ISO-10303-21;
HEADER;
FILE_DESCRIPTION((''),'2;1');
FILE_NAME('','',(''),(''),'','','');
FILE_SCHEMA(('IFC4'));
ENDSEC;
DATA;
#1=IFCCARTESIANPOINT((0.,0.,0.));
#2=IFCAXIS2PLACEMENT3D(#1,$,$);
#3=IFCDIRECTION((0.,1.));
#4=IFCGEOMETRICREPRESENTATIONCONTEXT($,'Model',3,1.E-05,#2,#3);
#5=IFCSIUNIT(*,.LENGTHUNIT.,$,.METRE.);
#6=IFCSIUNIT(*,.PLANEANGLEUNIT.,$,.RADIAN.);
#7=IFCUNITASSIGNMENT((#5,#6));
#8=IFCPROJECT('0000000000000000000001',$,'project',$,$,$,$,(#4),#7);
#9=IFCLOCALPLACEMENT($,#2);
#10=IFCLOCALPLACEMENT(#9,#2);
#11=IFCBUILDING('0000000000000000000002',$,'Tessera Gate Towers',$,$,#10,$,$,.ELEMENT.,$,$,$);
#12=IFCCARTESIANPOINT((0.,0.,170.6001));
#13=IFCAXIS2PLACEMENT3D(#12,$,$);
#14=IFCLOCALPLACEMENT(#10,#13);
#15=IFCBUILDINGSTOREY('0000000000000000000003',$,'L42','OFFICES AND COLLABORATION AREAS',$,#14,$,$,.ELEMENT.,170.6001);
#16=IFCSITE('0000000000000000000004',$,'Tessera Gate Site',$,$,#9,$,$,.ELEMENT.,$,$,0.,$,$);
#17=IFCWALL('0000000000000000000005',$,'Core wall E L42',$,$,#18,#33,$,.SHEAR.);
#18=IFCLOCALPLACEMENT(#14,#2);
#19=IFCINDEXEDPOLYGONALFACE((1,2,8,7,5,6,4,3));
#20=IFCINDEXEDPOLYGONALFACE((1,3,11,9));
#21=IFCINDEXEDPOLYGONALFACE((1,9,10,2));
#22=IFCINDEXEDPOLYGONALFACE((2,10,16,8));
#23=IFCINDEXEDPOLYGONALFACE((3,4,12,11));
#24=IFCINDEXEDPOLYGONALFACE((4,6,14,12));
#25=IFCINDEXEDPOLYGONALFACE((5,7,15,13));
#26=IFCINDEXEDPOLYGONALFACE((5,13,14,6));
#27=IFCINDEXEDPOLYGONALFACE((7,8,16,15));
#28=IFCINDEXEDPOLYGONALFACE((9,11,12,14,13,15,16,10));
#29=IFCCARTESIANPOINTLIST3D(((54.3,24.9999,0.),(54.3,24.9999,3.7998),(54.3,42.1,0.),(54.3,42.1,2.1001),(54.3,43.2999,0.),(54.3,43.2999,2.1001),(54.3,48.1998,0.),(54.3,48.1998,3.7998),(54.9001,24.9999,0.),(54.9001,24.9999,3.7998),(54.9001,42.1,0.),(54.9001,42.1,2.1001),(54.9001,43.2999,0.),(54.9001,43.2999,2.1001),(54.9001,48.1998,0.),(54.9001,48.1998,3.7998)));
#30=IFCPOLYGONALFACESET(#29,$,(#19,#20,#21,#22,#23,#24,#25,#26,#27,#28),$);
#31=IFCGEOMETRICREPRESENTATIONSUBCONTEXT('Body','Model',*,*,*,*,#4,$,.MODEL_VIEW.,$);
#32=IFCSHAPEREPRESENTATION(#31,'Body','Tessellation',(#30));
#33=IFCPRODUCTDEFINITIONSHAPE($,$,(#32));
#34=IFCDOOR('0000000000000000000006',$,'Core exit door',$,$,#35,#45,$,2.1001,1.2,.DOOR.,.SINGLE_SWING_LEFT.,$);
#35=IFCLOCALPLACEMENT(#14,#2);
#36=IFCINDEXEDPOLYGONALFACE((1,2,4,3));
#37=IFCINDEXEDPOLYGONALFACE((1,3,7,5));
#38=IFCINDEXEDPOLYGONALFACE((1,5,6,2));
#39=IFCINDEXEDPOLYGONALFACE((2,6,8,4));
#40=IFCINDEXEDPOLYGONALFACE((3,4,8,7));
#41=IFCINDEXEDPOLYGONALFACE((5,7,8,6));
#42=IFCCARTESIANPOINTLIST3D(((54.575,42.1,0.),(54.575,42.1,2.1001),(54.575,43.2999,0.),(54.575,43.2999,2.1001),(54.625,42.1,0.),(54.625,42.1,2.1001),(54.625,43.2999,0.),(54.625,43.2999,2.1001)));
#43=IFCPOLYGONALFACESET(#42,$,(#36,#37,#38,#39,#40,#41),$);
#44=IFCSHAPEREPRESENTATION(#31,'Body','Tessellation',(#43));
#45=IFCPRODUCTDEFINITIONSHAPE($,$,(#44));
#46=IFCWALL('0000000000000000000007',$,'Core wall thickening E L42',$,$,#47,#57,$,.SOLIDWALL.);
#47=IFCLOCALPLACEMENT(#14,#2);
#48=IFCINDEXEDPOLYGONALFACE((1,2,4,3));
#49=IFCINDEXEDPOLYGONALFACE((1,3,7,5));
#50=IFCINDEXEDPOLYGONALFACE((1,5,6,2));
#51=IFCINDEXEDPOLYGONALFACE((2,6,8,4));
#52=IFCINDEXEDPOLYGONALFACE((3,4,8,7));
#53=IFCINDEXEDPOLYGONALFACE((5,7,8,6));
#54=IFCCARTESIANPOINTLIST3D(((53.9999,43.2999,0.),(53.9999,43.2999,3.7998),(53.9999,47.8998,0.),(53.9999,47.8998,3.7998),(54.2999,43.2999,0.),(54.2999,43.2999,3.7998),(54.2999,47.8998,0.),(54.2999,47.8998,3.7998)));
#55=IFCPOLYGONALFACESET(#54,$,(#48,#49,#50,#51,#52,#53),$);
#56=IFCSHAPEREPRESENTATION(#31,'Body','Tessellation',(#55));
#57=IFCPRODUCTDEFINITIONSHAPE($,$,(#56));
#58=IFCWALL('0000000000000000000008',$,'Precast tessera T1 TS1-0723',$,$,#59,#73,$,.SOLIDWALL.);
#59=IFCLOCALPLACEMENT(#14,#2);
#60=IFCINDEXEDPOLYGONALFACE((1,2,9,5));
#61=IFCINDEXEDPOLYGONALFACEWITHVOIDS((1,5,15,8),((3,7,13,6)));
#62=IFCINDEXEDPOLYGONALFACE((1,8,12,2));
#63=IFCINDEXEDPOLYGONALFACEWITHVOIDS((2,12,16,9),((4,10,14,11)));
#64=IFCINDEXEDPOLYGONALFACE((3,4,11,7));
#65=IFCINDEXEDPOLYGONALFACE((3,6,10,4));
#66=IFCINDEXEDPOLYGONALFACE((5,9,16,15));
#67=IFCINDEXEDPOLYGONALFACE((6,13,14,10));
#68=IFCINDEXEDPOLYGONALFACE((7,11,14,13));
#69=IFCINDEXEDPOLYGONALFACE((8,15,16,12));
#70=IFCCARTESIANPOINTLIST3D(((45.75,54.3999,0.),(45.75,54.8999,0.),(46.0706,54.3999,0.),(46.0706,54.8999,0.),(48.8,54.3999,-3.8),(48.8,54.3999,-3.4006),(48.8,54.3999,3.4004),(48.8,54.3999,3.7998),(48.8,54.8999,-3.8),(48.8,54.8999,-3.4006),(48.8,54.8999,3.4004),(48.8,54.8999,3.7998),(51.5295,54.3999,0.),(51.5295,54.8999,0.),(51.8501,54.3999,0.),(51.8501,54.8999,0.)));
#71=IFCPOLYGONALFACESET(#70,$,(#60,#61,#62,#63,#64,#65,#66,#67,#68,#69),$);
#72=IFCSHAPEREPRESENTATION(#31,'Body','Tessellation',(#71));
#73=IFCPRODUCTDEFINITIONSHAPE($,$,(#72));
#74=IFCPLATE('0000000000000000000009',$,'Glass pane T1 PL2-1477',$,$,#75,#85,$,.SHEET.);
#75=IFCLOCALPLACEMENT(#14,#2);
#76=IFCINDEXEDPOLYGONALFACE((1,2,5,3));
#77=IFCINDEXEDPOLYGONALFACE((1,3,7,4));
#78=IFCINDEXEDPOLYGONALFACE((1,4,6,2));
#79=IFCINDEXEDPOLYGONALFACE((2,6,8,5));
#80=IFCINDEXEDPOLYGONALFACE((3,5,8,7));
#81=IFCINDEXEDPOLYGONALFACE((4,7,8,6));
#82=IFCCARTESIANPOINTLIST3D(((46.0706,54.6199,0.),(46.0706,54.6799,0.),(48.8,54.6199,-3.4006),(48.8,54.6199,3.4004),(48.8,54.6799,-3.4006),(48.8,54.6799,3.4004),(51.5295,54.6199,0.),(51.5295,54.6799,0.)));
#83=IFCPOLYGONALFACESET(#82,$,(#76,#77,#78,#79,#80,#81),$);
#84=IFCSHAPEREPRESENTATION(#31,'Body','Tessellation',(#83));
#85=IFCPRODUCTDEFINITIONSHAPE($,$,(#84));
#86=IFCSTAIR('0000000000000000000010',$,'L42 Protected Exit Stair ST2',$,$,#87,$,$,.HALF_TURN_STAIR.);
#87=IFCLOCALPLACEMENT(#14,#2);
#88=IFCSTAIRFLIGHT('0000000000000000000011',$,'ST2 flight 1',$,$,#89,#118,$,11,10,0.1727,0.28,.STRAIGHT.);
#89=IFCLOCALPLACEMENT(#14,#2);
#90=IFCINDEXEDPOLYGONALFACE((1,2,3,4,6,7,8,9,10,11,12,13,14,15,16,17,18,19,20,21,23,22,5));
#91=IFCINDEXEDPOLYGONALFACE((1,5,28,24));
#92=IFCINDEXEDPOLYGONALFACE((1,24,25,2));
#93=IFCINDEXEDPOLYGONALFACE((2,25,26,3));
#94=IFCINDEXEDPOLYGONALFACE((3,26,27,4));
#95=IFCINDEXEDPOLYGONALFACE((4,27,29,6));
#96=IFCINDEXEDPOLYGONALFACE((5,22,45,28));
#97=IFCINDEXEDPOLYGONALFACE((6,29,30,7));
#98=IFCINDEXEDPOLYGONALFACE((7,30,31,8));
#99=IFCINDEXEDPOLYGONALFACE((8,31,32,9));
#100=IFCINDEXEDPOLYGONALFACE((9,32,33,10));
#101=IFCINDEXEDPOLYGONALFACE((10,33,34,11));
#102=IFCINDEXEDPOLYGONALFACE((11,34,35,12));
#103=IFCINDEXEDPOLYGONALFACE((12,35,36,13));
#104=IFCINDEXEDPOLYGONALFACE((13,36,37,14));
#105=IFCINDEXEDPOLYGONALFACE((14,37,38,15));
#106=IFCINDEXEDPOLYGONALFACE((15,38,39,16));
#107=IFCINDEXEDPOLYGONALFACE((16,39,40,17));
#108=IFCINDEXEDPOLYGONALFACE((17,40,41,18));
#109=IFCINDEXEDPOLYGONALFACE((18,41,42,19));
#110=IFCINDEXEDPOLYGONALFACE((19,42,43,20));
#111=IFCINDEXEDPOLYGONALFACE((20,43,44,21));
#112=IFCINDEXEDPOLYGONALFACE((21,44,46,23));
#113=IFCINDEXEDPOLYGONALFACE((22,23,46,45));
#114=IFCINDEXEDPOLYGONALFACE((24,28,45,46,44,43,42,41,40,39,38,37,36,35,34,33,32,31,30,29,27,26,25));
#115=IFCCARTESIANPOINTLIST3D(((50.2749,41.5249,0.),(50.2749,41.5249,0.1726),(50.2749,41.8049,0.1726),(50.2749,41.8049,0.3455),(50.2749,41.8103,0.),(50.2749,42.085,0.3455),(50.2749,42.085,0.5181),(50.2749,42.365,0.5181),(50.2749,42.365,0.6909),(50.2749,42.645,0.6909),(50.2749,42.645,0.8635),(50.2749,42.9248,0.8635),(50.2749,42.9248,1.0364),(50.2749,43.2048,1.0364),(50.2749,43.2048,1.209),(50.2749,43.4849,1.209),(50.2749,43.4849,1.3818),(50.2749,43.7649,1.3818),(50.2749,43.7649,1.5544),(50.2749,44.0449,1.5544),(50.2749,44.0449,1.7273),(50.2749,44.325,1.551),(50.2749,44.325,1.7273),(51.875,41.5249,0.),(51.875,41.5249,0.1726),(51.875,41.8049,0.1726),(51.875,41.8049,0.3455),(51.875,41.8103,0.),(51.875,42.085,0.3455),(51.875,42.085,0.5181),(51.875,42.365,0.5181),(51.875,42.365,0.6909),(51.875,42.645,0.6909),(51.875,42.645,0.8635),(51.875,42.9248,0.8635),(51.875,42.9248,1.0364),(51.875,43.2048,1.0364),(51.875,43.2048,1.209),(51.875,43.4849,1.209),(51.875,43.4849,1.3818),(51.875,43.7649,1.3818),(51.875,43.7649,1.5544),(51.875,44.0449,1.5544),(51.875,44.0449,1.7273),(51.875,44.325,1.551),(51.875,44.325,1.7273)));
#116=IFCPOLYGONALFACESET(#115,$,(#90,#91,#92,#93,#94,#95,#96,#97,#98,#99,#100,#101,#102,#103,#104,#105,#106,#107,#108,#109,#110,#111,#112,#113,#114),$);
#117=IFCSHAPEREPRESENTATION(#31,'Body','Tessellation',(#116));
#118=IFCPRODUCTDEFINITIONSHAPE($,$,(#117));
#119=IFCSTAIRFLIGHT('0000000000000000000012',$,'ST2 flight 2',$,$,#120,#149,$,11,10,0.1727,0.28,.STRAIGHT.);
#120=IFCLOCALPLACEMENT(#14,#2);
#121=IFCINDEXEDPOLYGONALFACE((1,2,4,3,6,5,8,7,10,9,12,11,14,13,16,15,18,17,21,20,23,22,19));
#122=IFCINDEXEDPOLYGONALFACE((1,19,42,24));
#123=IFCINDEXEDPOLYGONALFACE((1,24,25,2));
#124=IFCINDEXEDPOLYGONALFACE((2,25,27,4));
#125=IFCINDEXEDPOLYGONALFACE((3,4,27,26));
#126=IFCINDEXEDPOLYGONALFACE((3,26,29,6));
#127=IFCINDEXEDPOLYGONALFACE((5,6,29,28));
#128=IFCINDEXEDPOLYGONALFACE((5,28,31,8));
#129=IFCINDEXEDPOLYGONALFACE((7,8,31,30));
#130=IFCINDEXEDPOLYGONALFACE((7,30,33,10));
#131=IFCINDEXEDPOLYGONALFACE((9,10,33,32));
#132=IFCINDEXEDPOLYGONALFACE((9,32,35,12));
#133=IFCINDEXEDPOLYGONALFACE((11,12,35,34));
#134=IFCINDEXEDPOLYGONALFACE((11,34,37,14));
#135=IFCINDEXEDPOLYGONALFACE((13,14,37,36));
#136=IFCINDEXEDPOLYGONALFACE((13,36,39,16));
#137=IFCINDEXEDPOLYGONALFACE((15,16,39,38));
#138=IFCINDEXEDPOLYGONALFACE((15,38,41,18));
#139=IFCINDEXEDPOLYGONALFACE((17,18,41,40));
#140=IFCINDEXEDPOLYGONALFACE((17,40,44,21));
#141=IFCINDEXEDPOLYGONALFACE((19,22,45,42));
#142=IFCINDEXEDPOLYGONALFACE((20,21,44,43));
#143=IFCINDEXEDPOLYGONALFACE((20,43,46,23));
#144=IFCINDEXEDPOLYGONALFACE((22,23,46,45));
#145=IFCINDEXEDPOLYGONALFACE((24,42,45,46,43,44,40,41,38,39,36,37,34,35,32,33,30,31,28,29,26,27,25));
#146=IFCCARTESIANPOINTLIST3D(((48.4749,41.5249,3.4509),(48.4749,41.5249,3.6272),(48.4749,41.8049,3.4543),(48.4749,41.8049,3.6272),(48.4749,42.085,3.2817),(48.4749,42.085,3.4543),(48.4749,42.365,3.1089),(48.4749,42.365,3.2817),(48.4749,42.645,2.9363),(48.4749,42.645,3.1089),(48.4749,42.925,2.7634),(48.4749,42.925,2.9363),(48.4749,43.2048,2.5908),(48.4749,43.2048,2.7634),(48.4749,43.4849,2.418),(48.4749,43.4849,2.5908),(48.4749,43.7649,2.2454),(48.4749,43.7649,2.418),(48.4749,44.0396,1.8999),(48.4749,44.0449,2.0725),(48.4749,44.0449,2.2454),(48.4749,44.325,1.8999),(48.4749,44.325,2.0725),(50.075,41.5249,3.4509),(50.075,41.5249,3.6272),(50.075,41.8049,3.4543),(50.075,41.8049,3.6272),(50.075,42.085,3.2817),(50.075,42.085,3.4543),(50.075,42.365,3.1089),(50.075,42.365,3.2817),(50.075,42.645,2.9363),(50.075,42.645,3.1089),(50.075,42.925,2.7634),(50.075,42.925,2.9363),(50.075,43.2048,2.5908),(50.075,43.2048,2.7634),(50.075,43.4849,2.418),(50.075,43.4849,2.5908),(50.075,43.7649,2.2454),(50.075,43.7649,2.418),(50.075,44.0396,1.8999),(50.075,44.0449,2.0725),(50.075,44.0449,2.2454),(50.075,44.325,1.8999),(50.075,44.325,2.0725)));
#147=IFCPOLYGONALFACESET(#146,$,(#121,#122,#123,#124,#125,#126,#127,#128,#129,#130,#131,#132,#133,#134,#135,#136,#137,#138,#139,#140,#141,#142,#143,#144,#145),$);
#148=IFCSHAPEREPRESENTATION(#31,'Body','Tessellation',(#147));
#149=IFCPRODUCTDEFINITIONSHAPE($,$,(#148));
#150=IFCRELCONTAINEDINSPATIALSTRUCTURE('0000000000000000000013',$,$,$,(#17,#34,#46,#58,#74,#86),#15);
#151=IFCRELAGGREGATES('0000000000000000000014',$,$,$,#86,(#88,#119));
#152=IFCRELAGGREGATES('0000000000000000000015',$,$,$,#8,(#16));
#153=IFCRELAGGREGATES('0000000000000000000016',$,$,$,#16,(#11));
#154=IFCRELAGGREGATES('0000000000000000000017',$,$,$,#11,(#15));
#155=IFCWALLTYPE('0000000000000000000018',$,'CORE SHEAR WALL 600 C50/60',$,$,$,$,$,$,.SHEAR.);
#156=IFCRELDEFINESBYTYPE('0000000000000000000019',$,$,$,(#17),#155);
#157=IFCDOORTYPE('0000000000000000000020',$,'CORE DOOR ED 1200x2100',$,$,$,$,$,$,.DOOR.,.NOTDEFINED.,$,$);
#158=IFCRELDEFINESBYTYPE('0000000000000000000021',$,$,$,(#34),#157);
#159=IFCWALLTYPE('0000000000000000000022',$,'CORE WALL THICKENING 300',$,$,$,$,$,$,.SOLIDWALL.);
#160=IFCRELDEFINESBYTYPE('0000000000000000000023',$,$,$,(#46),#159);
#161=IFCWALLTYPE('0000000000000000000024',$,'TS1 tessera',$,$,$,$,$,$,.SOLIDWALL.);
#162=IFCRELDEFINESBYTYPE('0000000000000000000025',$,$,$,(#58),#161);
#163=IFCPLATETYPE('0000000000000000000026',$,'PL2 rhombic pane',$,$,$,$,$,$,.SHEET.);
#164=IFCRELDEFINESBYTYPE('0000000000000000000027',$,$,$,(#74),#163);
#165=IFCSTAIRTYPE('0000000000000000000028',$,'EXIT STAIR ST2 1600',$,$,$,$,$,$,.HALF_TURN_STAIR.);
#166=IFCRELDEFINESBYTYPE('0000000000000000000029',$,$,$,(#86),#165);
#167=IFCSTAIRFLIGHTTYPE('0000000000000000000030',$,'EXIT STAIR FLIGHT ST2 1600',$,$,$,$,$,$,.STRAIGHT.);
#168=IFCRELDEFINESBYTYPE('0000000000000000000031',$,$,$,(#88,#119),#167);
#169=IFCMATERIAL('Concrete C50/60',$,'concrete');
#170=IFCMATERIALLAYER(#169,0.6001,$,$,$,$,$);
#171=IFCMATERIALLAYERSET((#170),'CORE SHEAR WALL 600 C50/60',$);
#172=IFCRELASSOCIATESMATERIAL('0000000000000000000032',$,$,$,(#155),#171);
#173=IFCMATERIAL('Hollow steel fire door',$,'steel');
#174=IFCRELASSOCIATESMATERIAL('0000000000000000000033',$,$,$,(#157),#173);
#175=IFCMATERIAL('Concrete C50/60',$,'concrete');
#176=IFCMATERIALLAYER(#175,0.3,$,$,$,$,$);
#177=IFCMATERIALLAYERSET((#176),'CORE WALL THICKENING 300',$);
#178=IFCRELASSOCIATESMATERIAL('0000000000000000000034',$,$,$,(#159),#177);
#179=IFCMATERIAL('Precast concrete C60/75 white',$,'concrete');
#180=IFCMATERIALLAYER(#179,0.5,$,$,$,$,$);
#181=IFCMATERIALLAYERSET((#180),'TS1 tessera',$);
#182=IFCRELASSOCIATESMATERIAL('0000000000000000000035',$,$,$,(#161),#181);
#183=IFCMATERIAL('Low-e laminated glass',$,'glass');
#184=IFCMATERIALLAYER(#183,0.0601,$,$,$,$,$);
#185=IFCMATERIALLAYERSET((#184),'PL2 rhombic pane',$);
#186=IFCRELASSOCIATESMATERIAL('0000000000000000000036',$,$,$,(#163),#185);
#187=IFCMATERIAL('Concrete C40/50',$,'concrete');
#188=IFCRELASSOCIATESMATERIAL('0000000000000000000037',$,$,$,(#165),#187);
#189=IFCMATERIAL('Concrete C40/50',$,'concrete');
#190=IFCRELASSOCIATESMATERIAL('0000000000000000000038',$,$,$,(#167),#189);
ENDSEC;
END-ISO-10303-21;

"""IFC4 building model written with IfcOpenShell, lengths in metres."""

from ifc_helpers import new_model, si_unit, direction, frame, frame_2d, origin, place, context, subcontext, project, spatial, polyline, rectangle, outline, extrude, source, transform, mapped, material, layer, layer_set, type_object, element, fill, aggregate, save


model = new_model("IFC4")

# Units and contexts
model_context = context("Model", 3, precision=1e-05, world=origin(), true_north=direction((0.0, 1.0)))
body_context = subcontext(model_context, "Body", "Model", "MODEL_VIEW")
ifc_project = project(units=[si_unit("LENGTHUNIT", "METRE"), si_unit("PLANEANGLEUNIT", "RADIAN")], contexts=[model_context])

# Site, building, storey
site_placement = place(None, origin())
site = spatial("IfcSite", under=ifc_project, at=site_placement, Name="Tessera Gate Site", CompositionType="ELEMENT", RefElevation=0.0)
building_placement = place(site_placement, origin())
building = spatial("IfcBuilding", under=site, at=building_placement, Name="Tessera Gate Towers", CompositionType="ELEMENT")
storey_placement = place(building_placement, frame((0.0, 0.0, 170.6001)))
storey = spatial("IfcBuildingStorey", under=building, at=storey_placement, Name="L42", Description="OFFICES AND COLLABORATION AREAS", CompositionType="ELEMENT", Elevation=170.6001)

# Shared definitions
shared_shape_1 = source(origin(), body_context, "Body", "SweptSolid", [
    extrude(rectangle(XDim=1.2, YDim=2.1001, at=frame_2d((0.6001, 1.05))), frame((0.0, 0.0249, 0.0), z_axis=(0.0, -1.0, 0.0), x_axis=(1.0, 0.0, 0.0)), (0.0, 0.0, 1.0), 0.05),
])

# Wall, opening, door
ifc_material_1 = material(Name="Concrete C50/60", Category="concrete")
ifc_layer_1 = layer(ifc_material_1, 0.6001)
ifc_layer_set_1 = layer_set([ifc_layer_1], Name="CORE SHEAR WALL 600 C50/60")
wall_type_1 = type_object("IfcWallType", Name="CORE SHEAR WALL 600 C50/60", PredefinedType="SHEAR", material=ifc_layer_set_1)
wall_1_placement = place(storey_placement, frame((54.6001, 48.2, 0.0), z_axis=(0.0, 0.0, 1.0), x_axis=(0.0, -1.0, 0.0)))
wall_1 = element("IfcWall", 1, at=wall_1_placement, inside=storey, type_object=wall_type_1, Name="Core wall E L42", PredefinedType="SHEAR", context=body_context, shape_type="SweptSolid", body=[
    extrude(rectangle(XDim=23.2, YDim=0.6001, at=frame_2d((11.6001, 0.0))), origin(), (0.0, 0.0, 1.0), 3.7998),
])
shared_shape_2 = source(origin(), body_context, "Body", "SweptSolid", [
    extrude(rectangle(XDim=1.2, YDim=2.1001, at=frame_2d((0.6001, 1.05))), frame((0.0, 0.3101, 0.0), z_axis=(0.0, -1.0, 0.0), x_axis=(1.0, 0.0, 0.0)), (0.0, 0.0, 1.0), 0.6201),
])
opening_1_placement = place(wall_1_placement, frame((4.8999, 0.0, 0.0)))
opening_1 = element("IfcOpeningElement", 2, at=opening_1_placement, cuts=wall_1, PredefinedType="OPENING", context=body_context, shape_type="MappedRepresentation", body=[
    mapped(shared_shape_2, transform((0.0, 0.0, 0.0), scale=1.0)),
])
ifc_material_2 = material(Name="Hollow steel fire door", Category="steel")
door_type_1 = type_object("IfcDoorType", Name="CORE DOOR ED 1200x2100", OperationType="NOTDEFINED", PredefinedType="DOOR", material=ifc_material_2)
door_1_placement = place(opening_1_placement, origin())
door_1 = element("IfcDoor", 3, at=door_1_placement, inside=storey, type_object=door_type_1, Name="Core exit door", OperationType="SINGLE_SWING_LEFT", OverallHeight=2.1001, OverallWidth=1.2, PredefinedType="DOOR", context=body_context, shape_type="MappedRepresentation", body=[
    mapped(shared_shape_1, transform((0.0, 0.0, 0.0), scale=1.0)),
])
fill(opening_1, door_1)

# Wall
ifc_material_3 = material(Name="Concrete C50/60", Category="concrete")
ifc_layer_2 = layer(ifc_material_3, 0.3)
ifc_layer_set_2 = layer_set([ifc_layer_2], Name="CORE WALL THICKENING 300")
wall_type_2 = type_object("IfcWallType", Name="CORE WALL THICKENING 300", PredefinedType="SOLIDWALL", material=ifc_layer_set_2)
wall_2_placement = place(storey_placement, frame((54.1499, 43.3, 0.0), z_axis=(0.0, 0.0, 1.0), x_axis=(0.0, 1.0, 0.0)))
element("IfcWall", 4, at=wall_2_placement, inside=storey, type_object=wall_type_2, Name="Core wall thickening E L42", PredefinedType="SOLIDWALL", context=body_context, shape_type="SweptSolid", body=[
    extrude(rectangle(XDim=4.5999, YDim=0.3, at=frame_2d((2.2998, 0.0))), origin(), (0.0, 0.0, 1.0), 3.7998),
])

# Wall, opening, plate
ifc_material_4 = material(Name="Precast concrete C60/75 white", Category="concrete")
ifc_layer_3 = layer(ifc_material_4, 0.5)
ifc_layer_set_3 = layer_set([ifc_layer_3], Name="TS1 tessera")
wall_type_3 = type_object("IfcWallType", Name="TS1 tessera", PredefinedType="SOLIDWALL", material=ifc_layer_set_3)
shared_shape_3 = source(origin(), body_context, "Body", "SweptSolid", [
    extrude(outline(polyline([(3.05, 0.0), (6.1001, 3.8), (3.05, 7.5999), (0.0, 3.8), (3.05, 0.0)])), frame((0.0, 0.25, 0.0), z_axis=(0.0, -1.0, 0.0), x_axis=(1.0, 0.0, 0.0)), (0.0, 0.0, 1.0), 0.5),
])
wall_3_placement = place(storey_placement, frame((51.8501, 54.6499, -3.8), z_axis=(0.0, 0.0, 1.0), x_axis=(-1.0, 0.0, 0.0)))
wall_3 = element("IfcWall", 5, at=wall_3_placement, inside=storey, type_object=wall_type_3, Name="Precast tessera T1 TS1-0723", PredefinedType="SOLIDWALL", context=body_context, shape_type="MappedRepresentation", body=[
    mapped(shared_shape_3, transform((0.0, 0.0, 0.0), scale=1.0)),
])
shared_shape_4 = source(origin(), body_context, "Body", "SweptSolid", [
    extrude(outline(polyline([(3.05, 0.3994), (5.7795, 3.8), (3.05, 7.2004), (0.3206, 3.8), (3.05, 0.3994)])), frame((0.0, 0.26, 0.0), z_axis=(0.0, -1.0, 0.0), x_axis=(1.0, 0.0, 0.0)), (0.0, 0.0, 1.0), 0.52),
])
opening_2_placement = place(wall_3_placement, origin())
opening_2 = element("IfcOpeningElement", 6, at=opening_2_placement, cuts=wall_3, PredefinedType="OPENING", context=body_context, shape_type="MappedRepresentation", body=[
    mapped(shared_shape_4, transform((0.0, 0.0, 0.0), scale=1.0)),
])
ifc_material_5 = material(Name="Low-e laminated glass", Category="glass")
ifc_layer_4 = layer(ifc_material_5, 0.0601)
ifc_layer_set_4 = layer_set([ifc_layer_4], Name="PL2 rhombic pane")
plate_type = type_object("IfcPlateType", Name="PL2 rhombic pane", PredefinedType="SHEET", material=ifc_layer_set_4)
shared_shape_5 = source(origin(), body_context, "Body", "SweptSolid", [
    extrude(outline(polyline([(3.05, 0.3994), (5.7795, 3.8), (3.05, 7.2004), (0.3206, 3.8), (3.05, 0.3994)])), frame((0.0, 0.03, 0.0), z_axis=(0.0, -1.0, 0.0), x_axis=(1.0, 0.0, 0.0)), (0.0, 0.0, 1.0), 0.0601),
])
plate_placement = place(opening_2_placement, origin())
plate = element("IfcPlate", 7, at=plate_placement, inside=storey, type_object=plate_type, Name="Glass pane T1 PL2-1477", PredefinedType="SHEET", context=body_context, shape_type="MappedRepresentation", body=[
    mapped(shared_shape_5, transform((0.0, 0.0, 0.0), scale=1.0)),
])
fill(opening_2, plate)

# Stair, stair flights
ifc_material_6 = material(Name="Concrete C40/50", Category="concrete")
stair_type = type_object("IfcStairType", Name="EXIT STAIR ST2 1600", PredefinedType="HALF_TURN_STAIR", material=ifc_material_6)
stair_placement = place(storey_placement, origin())
stair = element("IfcStair", 8, at=stair_placement, inside=storey, type_object=stair_type, Name="L42 Protected Exit Stair ST2", PredefinedType="HALF_TURN_STAIR")
ifc_material_7 = material(Name="Concrete C40/50", Category="concrete")
stair_flight_type = type_object("IfcStairFlightType", Name="EXIT STAIR FLIGHT ST2 1600", PredefinedType="STRAIGHT", material=ifc_material_7)
stair_flight_1_placement = place(storey_placement, frame((51.075, 41.5249, 0.0), z_axis=(0.0, 0.0, 1.0), x_axis=(0.0, 1.0, 0.0)))
stair_flight_1 = element("IfcStairFlight", 9, at=stair_flight_1_placement, type_object=stair_flight_type, Name="ST2 flight 1", NumberOfRisers=11, NumberOfTreads=10, PredefinedType="STRAIGHT", RiserHeight=0.1727, TreadLength=0.28, context=body_context, shape_type="SweptSolid", body=[
    extrude(outline(polyline([(0.0, 0.0), (0.0, 0.1726), (0.28, 0.1726), (0.28, 0.3455), (0.5601, 0.3455), (0.5601, 0.5181), (0.8401, 0.5181), (0.8401, 0.6909), (1.1201, 0.6909), (1.1201, 0.8635), (1.3999, 0.8635), (1.3999, 1.0364), (1.6799, 1.0364), (1.6799, 1.209), (1.96, 1.209), (1.96, 1.3818), (2.24, 1.3818), (2.24, 1.5544), (2.52, 1.5544), (2.52, 1.7273), (2.8, 1.7273), (2.8, 1.8999), (2.8, 1.551), (0.2854, 0.0), (0.0, 0.0)])), frame((0.0, 0.8, 0.0), z_axis=(0.0, -1.0, 0.0), x_axis=(1.0, 0.0, 0.0)), (0.0, 0.0, 1.0), 1.6001),
])
stair_flight_2_placement = place(storey_placement, frame((49.2749, 44.325, 1.8999), z_axis=(0.0, 0.0, 1.0), x_axis=(0.0, -1.0, 0.0)))
stair_flight_2 = element("IfcStairFlight", 10, at=stair_flight_2_placement, type_object=stair_flight_type, Name="ST2 flight 2", NumberOfRisers=11, NumberOfTreads=10, PredefinedType="STRAIGHT", RiserHeight=0.1727, TreadLength=0.28, context=body_context, shape_type="SweptSolid", body=[
    extrude(outline(polyline([(0.0, 0.0), (0.0, 0.1726), (0.28, 0.1726), (0.28, 0.3455), (0.5601, 0.3455), (0.5601, 0.5181), (0.8401, 0.5181), (0.8401, 0.6909), (1.1201, 0.6909), (1.1201, 0.8635), (1.3999, 0.8635), (1.3999, 1.0364), (1.6799, 1.0364), (1.6799, 1.209), (1.96, 1.209), (1.96, 1.3818), (2.24, 1.3818), (2.24, 1.5544), (2.52, 1.5544), (2.52, 1.7273), (2.8, 1.7273), (2.8, 1.8999), (2.8, 1.551), (0.2854, 0.0), (0.0, 0.0)])), frame((0.0, 0.8, 0.0), z_axis=(0.0, -1.0, 0.0), x_axis=(1.0, 0.0, 0.0)), (0.0, 0.0, 1.0), 1.6001),
])
aggregate(stair, [stair_flight_1, stair_flight_2])

save(model, "model.ifc")
